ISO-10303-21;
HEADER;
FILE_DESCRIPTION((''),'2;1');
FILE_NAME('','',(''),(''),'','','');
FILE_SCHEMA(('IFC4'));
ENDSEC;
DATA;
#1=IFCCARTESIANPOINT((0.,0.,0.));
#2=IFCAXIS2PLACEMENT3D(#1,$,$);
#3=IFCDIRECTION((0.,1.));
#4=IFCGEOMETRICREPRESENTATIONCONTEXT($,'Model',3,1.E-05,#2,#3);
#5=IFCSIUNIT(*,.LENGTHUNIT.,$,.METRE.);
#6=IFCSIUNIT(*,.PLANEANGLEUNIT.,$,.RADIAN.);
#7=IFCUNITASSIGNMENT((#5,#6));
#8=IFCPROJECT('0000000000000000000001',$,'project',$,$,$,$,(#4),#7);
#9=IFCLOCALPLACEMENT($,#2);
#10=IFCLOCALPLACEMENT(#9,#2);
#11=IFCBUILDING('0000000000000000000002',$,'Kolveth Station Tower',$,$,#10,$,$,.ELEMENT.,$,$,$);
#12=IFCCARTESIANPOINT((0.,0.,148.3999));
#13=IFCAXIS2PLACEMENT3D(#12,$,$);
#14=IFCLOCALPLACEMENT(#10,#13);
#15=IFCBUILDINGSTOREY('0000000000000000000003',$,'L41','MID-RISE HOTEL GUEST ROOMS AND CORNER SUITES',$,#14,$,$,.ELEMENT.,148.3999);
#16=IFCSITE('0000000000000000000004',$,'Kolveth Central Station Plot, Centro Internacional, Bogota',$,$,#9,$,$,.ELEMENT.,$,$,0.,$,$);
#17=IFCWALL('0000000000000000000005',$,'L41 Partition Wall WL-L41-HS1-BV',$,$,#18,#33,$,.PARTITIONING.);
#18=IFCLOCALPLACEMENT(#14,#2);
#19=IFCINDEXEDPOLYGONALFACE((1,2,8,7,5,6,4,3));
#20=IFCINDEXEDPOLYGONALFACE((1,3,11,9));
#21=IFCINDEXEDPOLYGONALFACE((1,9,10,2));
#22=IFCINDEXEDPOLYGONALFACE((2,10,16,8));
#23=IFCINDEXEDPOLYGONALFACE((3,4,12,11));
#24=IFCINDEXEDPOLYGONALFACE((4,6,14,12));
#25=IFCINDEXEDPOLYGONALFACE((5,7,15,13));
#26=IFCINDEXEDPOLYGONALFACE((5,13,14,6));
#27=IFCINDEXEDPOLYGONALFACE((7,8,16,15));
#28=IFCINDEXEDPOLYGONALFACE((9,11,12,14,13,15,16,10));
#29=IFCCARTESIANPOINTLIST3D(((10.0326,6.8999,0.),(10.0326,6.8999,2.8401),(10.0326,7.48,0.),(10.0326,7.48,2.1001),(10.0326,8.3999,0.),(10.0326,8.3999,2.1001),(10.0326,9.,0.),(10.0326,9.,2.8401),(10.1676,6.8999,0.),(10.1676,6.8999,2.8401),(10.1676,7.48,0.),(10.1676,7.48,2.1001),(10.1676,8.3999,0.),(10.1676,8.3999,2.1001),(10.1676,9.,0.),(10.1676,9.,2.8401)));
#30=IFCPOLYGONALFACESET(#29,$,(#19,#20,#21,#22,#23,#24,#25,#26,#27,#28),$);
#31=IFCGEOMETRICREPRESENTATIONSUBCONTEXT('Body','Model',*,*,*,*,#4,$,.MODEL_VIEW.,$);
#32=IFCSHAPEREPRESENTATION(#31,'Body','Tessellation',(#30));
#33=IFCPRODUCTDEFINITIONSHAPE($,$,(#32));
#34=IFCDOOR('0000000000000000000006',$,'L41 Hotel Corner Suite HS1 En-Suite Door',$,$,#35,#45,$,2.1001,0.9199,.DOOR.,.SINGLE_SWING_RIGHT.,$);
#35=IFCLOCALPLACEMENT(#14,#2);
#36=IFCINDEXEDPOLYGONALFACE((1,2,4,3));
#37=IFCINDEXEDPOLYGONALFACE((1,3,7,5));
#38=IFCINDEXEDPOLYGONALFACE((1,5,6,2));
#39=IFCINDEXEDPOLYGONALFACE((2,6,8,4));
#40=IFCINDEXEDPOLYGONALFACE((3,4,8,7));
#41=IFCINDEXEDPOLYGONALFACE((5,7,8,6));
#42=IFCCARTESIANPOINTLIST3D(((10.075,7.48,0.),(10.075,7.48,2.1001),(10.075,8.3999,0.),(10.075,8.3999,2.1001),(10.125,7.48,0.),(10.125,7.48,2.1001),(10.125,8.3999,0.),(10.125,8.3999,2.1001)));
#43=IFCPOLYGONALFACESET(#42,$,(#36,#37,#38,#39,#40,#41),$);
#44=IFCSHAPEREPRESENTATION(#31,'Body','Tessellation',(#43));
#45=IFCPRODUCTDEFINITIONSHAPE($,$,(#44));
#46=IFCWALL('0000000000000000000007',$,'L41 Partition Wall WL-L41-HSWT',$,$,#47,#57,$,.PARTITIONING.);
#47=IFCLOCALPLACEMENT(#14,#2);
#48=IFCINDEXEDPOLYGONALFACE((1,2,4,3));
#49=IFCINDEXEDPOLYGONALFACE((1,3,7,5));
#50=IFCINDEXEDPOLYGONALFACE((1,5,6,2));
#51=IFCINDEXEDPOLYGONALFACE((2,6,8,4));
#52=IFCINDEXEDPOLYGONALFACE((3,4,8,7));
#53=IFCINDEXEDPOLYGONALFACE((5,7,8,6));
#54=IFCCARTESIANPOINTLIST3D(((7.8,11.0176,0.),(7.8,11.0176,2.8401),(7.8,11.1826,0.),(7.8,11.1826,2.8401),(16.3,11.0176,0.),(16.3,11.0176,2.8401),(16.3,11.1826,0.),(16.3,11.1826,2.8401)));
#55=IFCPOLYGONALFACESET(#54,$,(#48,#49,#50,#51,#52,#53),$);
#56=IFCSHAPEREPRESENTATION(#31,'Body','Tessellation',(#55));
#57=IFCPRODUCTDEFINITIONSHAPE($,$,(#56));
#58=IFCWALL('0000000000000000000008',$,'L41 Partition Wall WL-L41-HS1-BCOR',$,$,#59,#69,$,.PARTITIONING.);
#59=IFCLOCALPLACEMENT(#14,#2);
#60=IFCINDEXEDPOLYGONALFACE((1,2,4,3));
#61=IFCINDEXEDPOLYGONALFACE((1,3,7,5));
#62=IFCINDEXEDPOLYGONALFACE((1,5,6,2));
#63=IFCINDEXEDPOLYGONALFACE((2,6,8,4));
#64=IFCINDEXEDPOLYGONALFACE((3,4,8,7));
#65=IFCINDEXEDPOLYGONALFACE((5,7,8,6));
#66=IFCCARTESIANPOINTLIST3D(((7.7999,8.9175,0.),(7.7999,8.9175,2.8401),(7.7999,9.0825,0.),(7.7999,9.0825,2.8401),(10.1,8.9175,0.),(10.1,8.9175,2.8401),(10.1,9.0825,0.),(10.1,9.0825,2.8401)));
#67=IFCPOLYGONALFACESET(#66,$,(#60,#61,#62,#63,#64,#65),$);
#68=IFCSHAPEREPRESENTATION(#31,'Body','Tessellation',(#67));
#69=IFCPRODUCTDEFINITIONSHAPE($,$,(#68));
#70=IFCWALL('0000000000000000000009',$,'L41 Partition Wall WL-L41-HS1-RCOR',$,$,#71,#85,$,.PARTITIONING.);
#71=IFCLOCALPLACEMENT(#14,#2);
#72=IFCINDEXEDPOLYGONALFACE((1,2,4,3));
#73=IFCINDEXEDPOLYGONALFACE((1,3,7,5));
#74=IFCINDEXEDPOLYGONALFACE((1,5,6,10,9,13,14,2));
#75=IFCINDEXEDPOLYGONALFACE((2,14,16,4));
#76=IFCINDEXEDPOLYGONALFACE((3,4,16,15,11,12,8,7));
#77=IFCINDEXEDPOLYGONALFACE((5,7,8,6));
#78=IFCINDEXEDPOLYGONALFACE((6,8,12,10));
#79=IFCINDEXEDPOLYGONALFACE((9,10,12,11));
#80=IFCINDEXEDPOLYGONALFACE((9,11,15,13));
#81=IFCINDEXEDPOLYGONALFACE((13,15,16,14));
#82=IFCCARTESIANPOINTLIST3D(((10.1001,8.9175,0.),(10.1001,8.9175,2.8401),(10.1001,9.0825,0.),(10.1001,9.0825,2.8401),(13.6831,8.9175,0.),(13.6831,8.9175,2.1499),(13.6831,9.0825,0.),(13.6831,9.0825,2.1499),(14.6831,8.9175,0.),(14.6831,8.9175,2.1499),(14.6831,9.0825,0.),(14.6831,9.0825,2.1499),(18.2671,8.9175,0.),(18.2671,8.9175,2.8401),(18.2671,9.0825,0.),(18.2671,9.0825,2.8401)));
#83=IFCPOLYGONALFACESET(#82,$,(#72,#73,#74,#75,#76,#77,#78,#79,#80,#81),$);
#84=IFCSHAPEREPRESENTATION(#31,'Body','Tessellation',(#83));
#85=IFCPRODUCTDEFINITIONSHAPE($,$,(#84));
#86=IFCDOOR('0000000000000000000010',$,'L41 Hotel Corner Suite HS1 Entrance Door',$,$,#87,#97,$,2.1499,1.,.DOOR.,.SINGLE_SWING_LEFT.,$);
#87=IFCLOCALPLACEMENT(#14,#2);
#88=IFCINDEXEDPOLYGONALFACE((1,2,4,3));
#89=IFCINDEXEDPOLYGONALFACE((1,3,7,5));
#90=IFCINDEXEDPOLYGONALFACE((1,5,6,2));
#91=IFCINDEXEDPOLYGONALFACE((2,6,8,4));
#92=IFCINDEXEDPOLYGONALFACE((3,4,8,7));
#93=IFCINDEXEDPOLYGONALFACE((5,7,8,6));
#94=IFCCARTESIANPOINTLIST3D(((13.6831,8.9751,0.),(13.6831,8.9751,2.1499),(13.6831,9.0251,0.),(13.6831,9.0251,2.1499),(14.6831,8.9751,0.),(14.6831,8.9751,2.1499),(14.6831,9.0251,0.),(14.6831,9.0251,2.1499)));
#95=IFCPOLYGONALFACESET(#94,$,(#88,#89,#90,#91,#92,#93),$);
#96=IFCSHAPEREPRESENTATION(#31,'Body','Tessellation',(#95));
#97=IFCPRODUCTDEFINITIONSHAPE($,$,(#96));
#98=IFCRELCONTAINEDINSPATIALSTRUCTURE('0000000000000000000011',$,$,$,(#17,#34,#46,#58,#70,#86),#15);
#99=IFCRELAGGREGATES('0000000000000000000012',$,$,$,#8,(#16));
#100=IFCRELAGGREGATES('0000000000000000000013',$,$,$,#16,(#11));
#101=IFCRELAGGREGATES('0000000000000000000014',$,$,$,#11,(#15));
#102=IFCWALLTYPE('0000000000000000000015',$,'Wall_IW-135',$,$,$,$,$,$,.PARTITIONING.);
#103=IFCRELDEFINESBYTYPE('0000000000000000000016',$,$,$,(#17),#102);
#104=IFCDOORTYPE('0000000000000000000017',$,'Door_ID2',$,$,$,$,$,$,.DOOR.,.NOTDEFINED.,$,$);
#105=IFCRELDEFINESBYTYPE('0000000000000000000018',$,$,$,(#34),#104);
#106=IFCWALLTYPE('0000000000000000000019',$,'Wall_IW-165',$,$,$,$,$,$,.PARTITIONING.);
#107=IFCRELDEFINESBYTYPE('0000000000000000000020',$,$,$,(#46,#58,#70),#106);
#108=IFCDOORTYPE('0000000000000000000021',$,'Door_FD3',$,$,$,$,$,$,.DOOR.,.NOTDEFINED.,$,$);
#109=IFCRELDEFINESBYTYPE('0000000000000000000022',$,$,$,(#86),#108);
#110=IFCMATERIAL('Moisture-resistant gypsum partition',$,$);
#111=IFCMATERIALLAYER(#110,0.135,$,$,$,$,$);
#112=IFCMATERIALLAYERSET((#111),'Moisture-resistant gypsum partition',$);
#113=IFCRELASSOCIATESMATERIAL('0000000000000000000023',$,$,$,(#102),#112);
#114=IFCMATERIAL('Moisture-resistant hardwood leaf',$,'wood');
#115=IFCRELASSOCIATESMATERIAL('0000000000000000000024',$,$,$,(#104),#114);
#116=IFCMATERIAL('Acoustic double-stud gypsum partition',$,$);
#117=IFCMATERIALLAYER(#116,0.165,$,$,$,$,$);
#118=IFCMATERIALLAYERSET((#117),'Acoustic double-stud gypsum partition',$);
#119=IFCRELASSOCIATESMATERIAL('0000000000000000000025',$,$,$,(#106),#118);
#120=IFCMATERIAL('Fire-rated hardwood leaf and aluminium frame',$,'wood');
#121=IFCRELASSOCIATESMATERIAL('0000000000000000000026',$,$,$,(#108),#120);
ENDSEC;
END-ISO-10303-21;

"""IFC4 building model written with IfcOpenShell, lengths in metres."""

from ifc_helpers import new_model, si_unit, direction, frame, frame_2d, origin, place, context, subcontext, project, spatial, rectangle, extrude, material, layer, layer_set, type_object, element, fill, save


model = new_model("IFC4")

# Units and contexts
model_context = context("Model", 3, precision=1e-05, world=origin(), true_north=direction((0.0, 1.0)))
body_context = subcontext(model_context, "Body", "Model", "MODEL_VIEW")
ifc_project = project(units=[si_unit("LENGTHUNIT", "METRE"), si_unit("PLANEANGLEUNIT", "RADIAN")], contexts=[model_context])

# Site, building, storey
site_placement = place(None, origin())
site = spatial("IfcSite", under=ifc_project, at=site_placement, Name="Kolveth Central Station Plot, Centro Internacional, Bogota", CompositionType="ELEMENT", RefElevation=0.0)
building_placement = place(site_placement, origin())
building = spatial("IfcBuilding", under=site, at=building_placement, Name="Kolveth Station Tower", CompositionType="ELEMENT")
storey_placement = place(building_placement, frame((0.0, 0.0, 148.3999)))
storey = spatial("IfcBuildingStorey", under=building, at=storey_placement, Name="L41", Description="MID-RISE HOTEL GUEST ROOMS AND CORNER SUITES", CompositionType="ELEMENT", Elevation=148.3999)

# Wall, opening, door
ifc_material_1 = material(Name="Moisture-resistant gypsum partition")
ifc_layer_1 = layer(ifc_material_1, 0.135)
ifc_layer_set_1 = layer_set([ifc_layer_1], Name="Moisture-resistant gypsum partition")
wall_type_1 = type_object("IfcWallType", Name="Wall_IW-135", PredefinedType="PARTITIONING", material=ifc_layer_set_1)
wall_1_placement = place(storey_placement, frame((10.1001, 6.8999, 0.0), z_axis=(0.0, 0.0, 1.0), x_axis=(0.0, 1.0, 0.0)))
wall_1 = element("IfcWall", 1, at=wall_1_placement, inside=storey, type_object=wall_type_1, Name="L41 Partition Wall WL-L41-HS1-BV", PredefinedType="PARTITIONING", context=body_context, shape_type="SweptSolid", body=[
    extrude(rectangle(XDim=2.1001, YDim=0.135, at=frame_2d((1.05, 0.0))), origin(), (0.0, 0.0, 1.0), 2.8401),
])
opening_1_placement = place(wall_1_placement, frame((0.5801, 0.0, 0.0)))
opening_1 = element("IfcOpeningElement", 2, at=opening_1_placement, cuts=wall_1, PredefinedType="OPENING", context=body_context, shape_type="SweptSolid", body=[
    extrude(rectangle(XDim=0.9199, YDim=2.1001, at=frame_2d((0.46, 1.05))), frame((0.0, 0.0774, 0.0), z_axis=(0.0, -1.0, 0.0), x_axis=(1.0, 0.0, 0.0)), (0.0, 0.0, 1.0), 0.155),
])
ifc_material_2 = material(Name="Moisture-resistant hardwood leaf", Category="wood")
door_type_1 = type_object("IfcDoorType", Name="Door_ID2", OperationType="NOTDEFINED", PredefinedType="DOOR", material=ifc_material_2)
door_1_placement = place(opening_1_placement, frame((0.9199, 0.0, 0.0), z_axis=(0.0, 0.0, 1.0), x_axis=(-1.0, 0.0, 0.0)))
door_1 = element("IfcDoor", 3, at=door_1_placement, inside=storey, type_object=door_type_1, Name="L41 Hotel Corner Suite HS1 En-Suite Door", OperationType="SINGLE_SWING_RIGHT", OverallHeight=2.1001, OverallWidth=0.9199, PredefinedType="DOOR", context=body_context, shape_type="SweptSolid", body=[
    extrude(rectangle(XDim=0.9199, YDim=2.1001, at=frame_2d((0.46, 1.05))), frame((0.0, 0.0249, 0.0), z_axis=(0.0, -1.0, 0.0), x_axis=(1.0, 0.0, 0.0)), (0.0, 0.0, 1.0), 0.05),
])
fill(opening_1, door_1)

# Walls
ifc_material_3 = material(Name="Acoustic double-stud gypsum partition")
ifc_layer_2 = layer(ifc_material_3, 0.165)
ifc_layer_set_2 = layer_set([ifc_layer_2], Name="Acoustic double-stud gypsum partition")
wall_type_2 = type_object("IfcWallType", Name="Wall_IW-165", PredefinedType="PARTITIONING", material=ifc_layer_set_2)
wall_2_placement = place(storey_placement, frame((7.8, 11.1001, 0.0), z_axis=(0.0, 0.0, 1.0), x_axis=(1.0, 0.0, 0.0)))
element("IfcWall", 4, at=wall_2_placement, inside=storey, type_object=wall_type_2, Name="L41 Partition Wall WL-L41-HSWT", PredefinedType="PARTITIONING", context=body_context, shape_type="SweptSolid", body=[
    extrude(rectangle(XDim=8.5, YDim=0.165, at=frame_2d((4.25, 0.0))), origin(), (0.0, 0.0, 1.0), 2.8401),
])
wall_3_placement = place(storey_placement, frame((7.8, 9.0, 0.0), z_axis=(0.0, 0.0, 1.0), x_axis=(1.0, 0.0, 0.0)))
element("IfcWall", 5, at=wall_3_placement, inside=storey, type_object=wall_type_2, Name="L41 Partition Wall WL-L41-HS1-BCOR", PredefinedType="PARTITIONING", context=body_context, shape_type="SweptSolid", body=[
    extrude(rectangle(XDim=2.3, YDim=0.165, at=frame_2d((1.1499, 0.0))), origin(), (0.0, 0.0, 1.0), 2.8401),
])

# Wall, opening, door
wall_4_placement = place(storey_placement, frame((10.1001, 9.0, 0.0), z_axis=(0.0, 0.0, 1.0), x_axis=(1.0, 0.0, 0.0)))
wall_4 = element("IfcWall", 6, at=wall_4_placement, inside=storey, type_object=wall_type_2, Name="L41 Partition Wall WL-L41-HS1-RCOR", PredefinedType="PARTITIONING", context=body_context, shape_type="SweptSolid", body=[
    extrude(rectangle(XDim=8.167, YDim=0.165, at=frame_2d((4.0835, 0.0))), origin(), (0.0, 0.0, 1.0), 2.8401),
])
opening_2_placement = place(wall_4_placement, frame((3.583, 0.0, 0.0)))
opening_2 = element("IfcOpeningElement", 7, at=opening_2_placement, cuts=wall_4, PredefinedType="OPENING", context=body_context, shape_type="SweptSolid", body=[
    extrude(rectangle(XDim=1.0, YDim=2.1499, at=frame_2d((0.5, 1.075))), frame((0.0, 0.0925, 0.0), z_axis=(0.0, -1.0, 0.0), x_axis=(1.0, 0.0, 0.0)), (0.0, 0.0, 1.0), 0.1851),
])
ifc_material_4 = material(Name="Fire-rated hardwood leaf and aluminium frame", Category="wood")
door_type_2 = type_object("IfcDoorType", Name="Door_FD3", OperationType="NOTDEFINED", PredefinedType="DOOR", material=ifc_material_4)
door_2_placement = place(opening_2_placement, frame((1.0, 0.0, 0.0), z_axis=(0.0, 0.0, 1.0), x_axis=(-1.0, 0.0, 0.0)))
door_2 = element("IfcDoor", 8, at=door_2_placement, inside=storey, type_object=door_type_2, Name="L41 Hotel Corner Suite HS1 Entrance Door", OperationType="SINGLE_SWING_LEFT", OverallHeight=2.1499, OverallWidth=1.0, PredefinedType="DOOR", context=body_context, shape_type="SweptSolid", body=[
    extrude(rectangle(XDim=1.0, YDim=2.1499, at=frame_2d((0.5, 1.075))), frame((0.0, 0.0249, 0.0), z_axis=(0.0, -1.0, 0.0), x_axis=(1.0, 0.0, 0.0)), (0.0, 0.0, 1.0), 0.05),
])
fill(opening_2, door_2)

save(model, "model.ifc")
